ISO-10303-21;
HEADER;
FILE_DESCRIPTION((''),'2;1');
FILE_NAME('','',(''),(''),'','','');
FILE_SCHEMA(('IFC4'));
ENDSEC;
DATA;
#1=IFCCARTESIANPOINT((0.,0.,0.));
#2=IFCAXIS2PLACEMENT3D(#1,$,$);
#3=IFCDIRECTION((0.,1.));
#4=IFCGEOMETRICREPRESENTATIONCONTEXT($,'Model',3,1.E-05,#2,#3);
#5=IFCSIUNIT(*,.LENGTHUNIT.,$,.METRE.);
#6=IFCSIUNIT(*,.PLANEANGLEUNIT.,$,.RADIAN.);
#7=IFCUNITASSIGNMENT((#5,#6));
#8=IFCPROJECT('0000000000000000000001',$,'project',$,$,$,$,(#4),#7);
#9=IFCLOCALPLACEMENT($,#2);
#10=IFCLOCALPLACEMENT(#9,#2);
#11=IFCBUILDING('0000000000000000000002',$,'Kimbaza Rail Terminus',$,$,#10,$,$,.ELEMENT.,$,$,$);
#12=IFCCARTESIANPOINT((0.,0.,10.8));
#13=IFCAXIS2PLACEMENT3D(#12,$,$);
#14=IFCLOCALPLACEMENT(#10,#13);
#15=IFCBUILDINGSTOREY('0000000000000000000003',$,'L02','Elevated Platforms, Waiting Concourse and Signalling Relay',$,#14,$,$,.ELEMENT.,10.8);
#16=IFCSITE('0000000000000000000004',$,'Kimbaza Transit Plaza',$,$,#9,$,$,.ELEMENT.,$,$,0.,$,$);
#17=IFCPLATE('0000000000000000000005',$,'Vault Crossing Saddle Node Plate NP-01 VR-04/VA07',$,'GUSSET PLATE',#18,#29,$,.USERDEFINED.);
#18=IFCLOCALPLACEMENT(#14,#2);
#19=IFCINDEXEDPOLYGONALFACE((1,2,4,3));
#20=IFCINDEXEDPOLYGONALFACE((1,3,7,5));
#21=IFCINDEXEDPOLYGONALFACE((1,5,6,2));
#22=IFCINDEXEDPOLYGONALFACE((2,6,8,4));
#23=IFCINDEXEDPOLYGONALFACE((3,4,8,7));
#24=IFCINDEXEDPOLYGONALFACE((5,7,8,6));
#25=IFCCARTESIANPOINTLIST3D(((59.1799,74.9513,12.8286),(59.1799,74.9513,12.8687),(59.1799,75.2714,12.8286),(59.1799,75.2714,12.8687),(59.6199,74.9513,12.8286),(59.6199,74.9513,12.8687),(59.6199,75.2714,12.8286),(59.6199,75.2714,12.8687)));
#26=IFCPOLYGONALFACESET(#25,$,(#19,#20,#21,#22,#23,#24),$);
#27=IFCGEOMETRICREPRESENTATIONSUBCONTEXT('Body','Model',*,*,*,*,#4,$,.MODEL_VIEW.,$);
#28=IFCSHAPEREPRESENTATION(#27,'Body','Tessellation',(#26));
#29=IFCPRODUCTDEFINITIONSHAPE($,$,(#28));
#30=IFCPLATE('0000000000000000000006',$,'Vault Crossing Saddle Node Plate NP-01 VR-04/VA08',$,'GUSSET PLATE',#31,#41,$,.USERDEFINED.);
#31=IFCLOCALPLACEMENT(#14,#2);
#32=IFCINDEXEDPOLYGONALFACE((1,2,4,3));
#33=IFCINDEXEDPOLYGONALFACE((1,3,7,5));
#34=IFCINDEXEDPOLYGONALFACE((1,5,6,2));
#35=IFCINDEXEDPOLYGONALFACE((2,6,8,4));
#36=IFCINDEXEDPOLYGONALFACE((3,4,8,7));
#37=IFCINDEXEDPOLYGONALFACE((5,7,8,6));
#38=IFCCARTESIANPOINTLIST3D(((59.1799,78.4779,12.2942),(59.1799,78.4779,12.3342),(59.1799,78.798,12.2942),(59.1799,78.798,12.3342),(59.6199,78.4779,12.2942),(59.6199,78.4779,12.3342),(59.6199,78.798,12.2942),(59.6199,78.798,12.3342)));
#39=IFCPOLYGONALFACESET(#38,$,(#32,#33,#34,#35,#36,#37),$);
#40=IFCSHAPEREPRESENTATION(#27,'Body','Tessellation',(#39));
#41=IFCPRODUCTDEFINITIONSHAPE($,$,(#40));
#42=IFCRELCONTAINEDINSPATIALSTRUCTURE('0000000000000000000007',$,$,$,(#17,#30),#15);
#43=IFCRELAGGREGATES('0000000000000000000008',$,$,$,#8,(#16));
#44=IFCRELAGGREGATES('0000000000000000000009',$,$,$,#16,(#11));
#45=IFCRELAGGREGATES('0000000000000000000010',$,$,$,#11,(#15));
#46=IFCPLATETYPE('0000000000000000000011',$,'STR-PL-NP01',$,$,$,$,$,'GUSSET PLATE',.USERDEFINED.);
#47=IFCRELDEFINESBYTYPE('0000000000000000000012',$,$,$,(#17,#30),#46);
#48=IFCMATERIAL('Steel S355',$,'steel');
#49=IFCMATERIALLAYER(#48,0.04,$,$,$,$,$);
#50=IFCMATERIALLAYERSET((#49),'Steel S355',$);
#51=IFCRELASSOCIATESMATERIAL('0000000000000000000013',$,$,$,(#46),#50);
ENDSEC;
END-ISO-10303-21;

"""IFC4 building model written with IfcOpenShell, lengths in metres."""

from ifc_helpers import new_model, si_unit, direction, frame, origin, origin_2d, place, context, subcontext, project, spatial, rectangle, extrude, material, layer, layer_set, type_object, element, save


model = new_model("IFC4")

# Units and contexts
model_context = context("Model", 3, precision=1e-05, world=origin(), true_north=direction((0.0, 1.0)))
body_context = subcontext(model_context, "Body", "Model", "MODEL_VIEW")
ifc_project = project(units=[si_unit("LENGTHUNIT", "METRE"), si_unit("PLANEANGLEUNIT", "RADIAN")], contexts=[model_context])

# Site, building, storey
site_placement = place(None, origin())
site = spatial("IfcSite", under=ifc_project, at=site_placement, Name="Kimbaza Transit Plaza", CompositionType="ELEMENT", RefElevation=0.0)
building_placement = place(site_placement, origin())
building = spatial("IfcBuilding", under=site, at=building_placement, Name="Kimbaza Rail Terminus", CompositionType="ELEMENT")
storey_placement = place(building_placement, frame((0.0, 0.0, 10.8)))
storey = spatial("IfcBuildingStorey", under=building, at=storey_placement, Name="L02", Description="Elevated Platforms, Waiting Concourse and Signalling Relay", CompositionType="ELEMENT", Elevation=10.8)

# Plates
ifc_material_1 = material(Name="Steel S355", Category="steel")
ifc_layer_1 = layer(ifc_material_1, 0.04)
ifc_layer_set_1 = layer_set([ifc_layer_1], Name="Steel S355")
plate_type_1 = type_object("IfcPlateType", Name="STR-PL-NP01", ElementType="GUSSET PLATE", PredefinedType="USERDEFINED", material=ifc_layer_set_1)
for number, where, z_axis, x_axis, name in (
    (1, (59.3999, 75.1113, 12.8286), (0.0, 0.0, 1.0), (1.0, 0.0, 0.0), "Vault Crossing Saddle Node Plate NP-01 VR-04/VA07"),
    (2, (59.3999, 78.6379, 12.2942), (0.0, 0.0, 1.0), (1.0, 0.0, 0.0), "Vault Crossing Saddle Node Plate NP-01 VR-04/VA08"),
):
    element("IfcPlate", number, at=place(storey_placement, frame(where, z_axis=z_axis, x_axis=x_axis)), inside=storey, type_object=plate_type_1, Name=name, ObjectType="GUSSET PLATE", PredefinedType="USERDEFINED", context=body_context, shape_type="SweptSolid", body=[
        extrude(rectangle(XDim=0.4399, YDim=0.3201, at=origin_2d()), origin(), (0.0, 0.0, 1.0), 0.04),
    ])

save(model, "model.ifc")
